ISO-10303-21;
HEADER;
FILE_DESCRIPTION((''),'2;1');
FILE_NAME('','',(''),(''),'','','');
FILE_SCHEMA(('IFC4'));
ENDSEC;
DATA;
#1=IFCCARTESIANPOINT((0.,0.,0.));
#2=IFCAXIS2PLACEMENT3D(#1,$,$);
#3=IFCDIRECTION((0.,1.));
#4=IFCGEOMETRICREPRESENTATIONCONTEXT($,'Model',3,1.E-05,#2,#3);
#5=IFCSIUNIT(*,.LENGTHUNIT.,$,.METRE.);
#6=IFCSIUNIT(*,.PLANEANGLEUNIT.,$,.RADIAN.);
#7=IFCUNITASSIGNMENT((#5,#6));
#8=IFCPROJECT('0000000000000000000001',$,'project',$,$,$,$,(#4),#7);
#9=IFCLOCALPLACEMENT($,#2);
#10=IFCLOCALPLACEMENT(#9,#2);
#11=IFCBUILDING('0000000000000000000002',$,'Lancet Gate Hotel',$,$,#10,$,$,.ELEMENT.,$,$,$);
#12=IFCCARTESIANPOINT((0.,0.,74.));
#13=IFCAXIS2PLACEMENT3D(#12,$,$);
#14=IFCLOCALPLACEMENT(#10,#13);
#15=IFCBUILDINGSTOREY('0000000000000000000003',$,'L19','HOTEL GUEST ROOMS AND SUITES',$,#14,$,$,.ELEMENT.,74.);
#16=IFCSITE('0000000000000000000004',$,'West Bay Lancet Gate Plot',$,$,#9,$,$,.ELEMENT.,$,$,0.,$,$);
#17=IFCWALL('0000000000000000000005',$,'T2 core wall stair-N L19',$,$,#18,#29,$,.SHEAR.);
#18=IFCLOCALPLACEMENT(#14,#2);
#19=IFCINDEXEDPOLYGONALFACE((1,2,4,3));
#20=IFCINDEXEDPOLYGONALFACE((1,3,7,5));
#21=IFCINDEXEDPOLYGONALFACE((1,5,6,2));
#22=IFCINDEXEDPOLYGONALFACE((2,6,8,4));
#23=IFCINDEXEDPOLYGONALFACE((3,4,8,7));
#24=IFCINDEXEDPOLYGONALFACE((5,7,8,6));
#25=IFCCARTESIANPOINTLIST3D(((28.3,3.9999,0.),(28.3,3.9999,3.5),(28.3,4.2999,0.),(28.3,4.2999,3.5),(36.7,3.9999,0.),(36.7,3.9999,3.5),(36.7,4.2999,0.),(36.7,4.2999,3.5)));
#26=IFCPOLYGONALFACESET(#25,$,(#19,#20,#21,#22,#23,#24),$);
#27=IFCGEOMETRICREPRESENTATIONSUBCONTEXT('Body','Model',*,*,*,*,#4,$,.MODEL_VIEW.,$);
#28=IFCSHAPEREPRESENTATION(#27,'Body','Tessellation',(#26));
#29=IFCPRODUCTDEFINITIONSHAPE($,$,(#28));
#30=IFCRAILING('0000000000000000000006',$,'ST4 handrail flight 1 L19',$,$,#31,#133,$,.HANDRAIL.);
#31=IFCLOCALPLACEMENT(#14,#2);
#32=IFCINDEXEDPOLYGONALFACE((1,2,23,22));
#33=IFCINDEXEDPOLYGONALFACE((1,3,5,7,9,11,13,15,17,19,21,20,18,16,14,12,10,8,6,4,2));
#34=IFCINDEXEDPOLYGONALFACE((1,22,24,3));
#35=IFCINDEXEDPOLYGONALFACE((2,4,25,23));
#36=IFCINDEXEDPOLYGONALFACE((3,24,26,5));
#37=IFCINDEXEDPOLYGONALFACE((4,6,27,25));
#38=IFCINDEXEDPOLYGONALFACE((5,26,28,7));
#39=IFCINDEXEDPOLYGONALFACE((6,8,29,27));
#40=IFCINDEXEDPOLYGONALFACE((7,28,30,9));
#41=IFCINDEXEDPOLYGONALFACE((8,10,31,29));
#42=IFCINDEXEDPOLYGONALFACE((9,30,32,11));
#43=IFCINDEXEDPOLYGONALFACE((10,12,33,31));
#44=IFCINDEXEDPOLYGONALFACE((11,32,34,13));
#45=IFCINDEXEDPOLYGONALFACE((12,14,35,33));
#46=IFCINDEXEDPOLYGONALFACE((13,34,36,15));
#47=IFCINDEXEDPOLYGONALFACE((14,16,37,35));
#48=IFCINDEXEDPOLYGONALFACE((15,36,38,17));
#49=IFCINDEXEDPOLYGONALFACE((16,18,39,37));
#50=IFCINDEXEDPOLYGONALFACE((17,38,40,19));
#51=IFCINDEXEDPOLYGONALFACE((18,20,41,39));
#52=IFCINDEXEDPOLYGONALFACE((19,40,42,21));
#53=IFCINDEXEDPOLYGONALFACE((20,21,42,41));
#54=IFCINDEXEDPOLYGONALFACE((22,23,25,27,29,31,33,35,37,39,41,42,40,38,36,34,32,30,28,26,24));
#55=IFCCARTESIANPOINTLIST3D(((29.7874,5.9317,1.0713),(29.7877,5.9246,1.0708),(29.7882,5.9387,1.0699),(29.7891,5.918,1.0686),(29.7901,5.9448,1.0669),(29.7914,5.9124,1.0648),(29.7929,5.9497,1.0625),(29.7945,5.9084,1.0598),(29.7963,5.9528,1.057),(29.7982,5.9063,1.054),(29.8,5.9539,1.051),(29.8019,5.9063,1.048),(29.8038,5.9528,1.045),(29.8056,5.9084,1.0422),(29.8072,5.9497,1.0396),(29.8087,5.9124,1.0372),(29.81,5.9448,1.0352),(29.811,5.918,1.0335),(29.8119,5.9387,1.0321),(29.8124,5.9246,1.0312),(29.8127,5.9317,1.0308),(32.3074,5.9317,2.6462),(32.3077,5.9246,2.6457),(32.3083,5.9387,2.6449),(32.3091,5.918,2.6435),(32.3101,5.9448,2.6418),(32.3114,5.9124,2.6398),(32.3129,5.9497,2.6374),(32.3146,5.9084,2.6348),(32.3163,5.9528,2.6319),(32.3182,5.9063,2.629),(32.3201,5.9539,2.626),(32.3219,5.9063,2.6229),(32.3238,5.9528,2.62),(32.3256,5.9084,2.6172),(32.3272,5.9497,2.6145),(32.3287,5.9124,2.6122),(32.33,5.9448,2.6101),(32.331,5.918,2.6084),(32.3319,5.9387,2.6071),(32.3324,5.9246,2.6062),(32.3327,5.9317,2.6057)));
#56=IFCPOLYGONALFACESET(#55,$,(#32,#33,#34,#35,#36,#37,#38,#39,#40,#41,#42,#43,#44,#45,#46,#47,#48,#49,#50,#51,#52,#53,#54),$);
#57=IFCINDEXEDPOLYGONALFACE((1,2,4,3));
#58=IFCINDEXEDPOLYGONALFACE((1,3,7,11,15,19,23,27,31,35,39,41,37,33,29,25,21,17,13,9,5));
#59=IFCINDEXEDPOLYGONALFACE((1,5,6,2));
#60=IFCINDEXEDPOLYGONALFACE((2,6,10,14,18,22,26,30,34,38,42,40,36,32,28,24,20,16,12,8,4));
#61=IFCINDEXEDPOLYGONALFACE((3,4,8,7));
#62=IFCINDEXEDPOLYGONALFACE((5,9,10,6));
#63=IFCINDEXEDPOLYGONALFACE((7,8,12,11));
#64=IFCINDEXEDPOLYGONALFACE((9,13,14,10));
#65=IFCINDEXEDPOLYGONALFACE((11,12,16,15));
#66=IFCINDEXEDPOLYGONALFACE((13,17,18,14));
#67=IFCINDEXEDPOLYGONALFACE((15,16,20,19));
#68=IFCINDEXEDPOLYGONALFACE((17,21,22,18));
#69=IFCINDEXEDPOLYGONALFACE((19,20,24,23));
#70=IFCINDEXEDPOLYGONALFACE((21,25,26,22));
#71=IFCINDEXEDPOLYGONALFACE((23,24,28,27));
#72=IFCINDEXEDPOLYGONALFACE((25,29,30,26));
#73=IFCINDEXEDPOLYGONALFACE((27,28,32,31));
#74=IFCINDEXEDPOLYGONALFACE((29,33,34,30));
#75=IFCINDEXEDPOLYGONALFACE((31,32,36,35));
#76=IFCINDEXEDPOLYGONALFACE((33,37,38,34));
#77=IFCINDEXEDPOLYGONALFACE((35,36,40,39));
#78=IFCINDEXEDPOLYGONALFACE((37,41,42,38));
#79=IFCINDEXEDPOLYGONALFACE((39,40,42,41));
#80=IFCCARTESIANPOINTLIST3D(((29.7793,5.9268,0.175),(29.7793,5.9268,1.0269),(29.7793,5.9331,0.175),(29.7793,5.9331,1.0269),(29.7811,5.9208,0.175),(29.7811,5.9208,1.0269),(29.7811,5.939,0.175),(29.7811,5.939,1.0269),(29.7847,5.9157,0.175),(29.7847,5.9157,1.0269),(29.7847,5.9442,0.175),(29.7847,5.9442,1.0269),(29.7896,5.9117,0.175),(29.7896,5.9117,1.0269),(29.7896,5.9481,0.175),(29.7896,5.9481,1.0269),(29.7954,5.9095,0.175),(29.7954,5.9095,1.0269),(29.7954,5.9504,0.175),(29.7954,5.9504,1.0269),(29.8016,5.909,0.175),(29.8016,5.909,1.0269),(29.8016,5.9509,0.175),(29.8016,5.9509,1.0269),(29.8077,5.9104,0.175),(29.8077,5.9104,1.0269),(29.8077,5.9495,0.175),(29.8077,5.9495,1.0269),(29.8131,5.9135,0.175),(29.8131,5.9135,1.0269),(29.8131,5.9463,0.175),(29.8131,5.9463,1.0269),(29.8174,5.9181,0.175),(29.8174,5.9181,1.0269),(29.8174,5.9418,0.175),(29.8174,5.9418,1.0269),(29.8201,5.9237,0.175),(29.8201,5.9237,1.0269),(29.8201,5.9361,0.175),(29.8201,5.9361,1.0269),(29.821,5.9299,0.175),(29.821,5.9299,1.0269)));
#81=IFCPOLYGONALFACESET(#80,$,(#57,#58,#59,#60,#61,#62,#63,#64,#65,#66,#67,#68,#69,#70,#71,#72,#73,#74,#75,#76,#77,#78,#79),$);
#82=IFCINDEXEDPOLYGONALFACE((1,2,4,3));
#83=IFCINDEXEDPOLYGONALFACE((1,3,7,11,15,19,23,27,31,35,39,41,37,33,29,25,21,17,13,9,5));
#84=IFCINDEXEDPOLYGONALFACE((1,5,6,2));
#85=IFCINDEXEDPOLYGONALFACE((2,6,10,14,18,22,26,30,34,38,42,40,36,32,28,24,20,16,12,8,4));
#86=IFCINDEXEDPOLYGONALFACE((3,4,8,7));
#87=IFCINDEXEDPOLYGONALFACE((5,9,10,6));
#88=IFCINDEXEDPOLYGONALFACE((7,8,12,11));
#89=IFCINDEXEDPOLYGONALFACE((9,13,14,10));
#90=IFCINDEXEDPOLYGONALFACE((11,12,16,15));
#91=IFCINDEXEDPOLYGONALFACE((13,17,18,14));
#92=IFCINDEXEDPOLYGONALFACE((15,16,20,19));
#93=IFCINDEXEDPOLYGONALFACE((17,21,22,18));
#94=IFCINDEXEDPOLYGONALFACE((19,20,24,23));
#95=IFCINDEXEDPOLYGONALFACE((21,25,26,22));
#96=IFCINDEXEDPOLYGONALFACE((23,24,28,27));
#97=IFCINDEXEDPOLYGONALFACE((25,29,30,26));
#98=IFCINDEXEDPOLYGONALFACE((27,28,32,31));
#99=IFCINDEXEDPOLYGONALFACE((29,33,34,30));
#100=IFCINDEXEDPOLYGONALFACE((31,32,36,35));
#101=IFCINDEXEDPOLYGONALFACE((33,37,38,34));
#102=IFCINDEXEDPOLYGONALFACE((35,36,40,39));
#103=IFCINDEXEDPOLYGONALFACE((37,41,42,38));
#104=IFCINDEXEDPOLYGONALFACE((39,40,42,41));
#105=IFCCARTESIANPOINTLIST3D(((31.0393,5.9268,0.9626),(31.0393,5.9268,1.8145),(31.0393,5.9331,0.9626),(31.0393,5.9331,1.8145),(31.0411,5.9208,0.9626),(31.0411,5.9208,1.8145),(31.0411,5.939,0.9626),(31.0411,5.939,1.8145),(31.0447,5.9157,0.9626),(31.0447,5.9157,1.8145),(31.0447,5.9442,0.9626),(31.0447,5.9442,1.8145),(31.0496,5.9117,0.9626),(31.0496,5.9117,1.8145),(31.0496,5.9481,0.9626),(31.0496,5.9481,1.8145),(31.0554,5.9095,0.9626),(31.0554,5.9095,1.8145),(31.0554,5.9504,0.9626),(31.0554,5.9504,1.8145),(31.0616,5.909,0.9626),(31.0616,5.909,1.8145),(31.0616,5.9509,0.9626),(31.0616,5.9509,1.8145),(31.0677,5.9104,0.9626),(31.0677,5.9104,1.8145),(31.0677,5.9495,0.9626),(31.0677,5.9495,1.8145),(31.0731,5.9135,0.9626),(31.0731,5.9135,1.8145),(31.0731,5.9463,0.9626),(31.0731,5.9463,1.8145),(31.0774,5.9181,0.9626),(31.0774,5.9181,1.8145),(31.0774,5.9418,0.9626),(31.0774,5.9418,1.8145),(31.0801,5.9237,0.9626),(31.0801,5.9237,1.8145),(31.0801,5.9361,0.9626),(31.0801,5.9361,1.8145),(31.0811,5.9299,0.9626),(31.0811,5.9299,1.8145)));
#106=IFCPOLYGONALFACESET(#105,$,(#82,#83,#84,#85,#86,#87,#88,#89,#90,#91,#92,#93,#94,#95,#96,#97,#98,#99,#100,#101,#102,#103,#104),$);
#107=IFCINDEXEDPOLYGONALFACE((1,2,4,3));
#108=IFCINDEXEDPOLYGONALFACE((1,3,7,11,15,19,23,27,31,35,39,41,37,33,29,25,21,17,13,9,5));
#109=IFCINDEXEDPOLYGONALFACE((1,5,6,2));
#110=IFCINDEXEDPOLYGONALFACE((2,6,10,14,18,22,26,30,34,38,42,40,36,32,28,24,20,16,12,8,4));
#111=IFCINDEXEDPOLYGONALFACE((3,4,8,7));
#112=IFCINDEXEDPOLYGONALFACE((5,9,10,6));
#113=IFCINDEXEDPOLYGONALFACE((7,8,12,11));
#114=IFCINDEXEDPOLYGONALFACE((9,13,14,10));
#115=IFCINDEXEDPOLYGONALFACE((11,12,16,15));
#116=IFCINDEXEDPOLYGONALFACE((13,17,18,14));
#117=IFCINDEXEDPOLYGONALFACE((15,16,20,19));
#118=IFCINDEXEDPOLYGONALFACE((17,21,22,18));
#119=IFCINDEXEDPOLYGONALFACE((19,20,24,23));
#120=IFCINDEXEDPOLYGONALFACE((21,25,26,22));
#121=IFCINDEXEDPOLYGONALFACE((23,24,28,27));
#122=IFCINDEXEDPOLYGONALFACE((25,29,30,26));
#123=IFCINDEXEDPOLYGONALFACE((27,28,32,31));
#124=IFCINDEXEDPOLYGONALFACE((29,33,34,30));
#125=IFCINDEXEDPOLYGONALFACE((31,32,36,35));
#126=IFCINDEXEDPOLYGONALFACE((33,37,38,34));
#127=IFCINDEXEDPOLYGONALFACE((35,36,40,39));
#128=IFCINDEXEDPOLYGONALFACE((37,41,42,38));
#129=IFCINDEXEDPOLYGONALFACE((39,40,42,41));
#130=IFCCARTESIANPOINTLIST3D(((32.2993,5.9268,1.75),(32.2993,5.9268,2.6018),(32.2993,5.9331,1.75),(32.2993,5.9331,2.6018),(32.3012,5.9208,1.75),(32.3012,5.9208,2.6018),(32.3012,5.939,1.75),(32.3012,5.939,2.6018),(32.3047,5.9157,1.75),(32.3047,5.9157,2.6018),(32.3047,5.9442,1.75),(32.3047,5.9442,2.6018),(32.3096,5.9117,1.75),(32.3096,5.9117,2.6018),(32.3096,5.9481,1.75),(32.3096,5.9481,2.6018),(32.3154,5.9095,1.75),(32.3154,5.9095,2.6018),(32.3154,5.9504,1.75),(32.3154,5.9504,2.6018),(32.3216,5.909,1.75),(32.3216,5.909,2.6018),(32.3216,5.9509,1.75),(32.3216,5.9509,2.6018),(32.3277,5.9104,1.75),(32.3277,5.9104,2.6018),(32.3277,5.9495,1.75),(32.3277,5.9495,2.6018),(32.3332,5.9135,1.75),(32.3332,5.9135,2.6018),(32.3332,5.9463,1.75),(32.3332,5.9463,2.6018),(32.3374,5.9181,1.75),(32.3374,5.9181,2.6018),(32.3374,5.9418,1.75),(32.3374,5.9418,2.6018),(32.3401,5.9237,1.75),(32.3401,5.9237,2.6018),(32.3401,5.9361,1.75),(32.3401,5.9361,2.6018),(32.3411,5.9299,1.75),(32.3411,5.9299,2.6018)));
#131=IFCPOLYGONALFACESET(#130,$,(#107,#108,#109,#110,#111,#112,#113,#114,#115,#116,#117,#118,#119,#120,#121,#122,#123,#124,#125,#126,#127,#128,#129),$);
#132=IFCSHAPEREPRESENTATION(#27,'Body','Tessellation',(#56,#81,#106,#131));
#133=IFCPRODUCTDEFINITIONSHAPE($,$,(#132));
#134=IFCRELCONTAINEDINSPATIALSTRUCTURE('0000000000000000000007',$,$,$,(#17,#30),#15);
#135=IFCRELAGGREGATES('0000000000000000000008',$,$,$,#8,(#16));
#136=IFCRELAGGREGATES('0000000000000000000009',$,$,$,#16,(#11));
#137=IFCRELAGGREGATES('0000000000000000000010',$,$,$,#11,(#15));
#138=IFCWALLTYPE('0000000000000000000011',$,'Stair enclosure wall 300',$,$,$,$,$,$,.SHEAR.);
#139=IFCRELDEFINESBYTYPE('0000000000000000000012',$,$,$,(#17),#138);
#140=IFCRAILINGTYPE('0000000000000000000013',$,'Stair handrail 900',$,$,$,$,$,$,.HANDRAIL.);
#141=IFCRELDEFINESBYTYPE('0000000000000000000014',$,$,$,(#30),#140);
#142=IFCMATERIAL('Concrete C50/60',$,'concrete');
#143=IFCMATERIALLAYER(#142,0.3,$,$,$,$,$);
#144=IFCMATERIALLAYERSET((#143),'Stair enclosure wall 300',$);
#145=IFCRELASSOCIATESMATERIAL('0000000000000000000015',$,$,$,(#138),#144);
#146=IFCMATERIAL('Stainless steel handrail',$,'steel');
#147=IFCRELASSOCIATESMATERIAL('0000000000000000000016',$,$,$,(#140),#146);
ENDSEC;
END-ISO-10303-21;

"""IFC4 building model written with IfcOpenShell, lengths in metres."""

from ifc_helpers import new_model, si_unit, direction, frame, frame_2d, origin, origin_2d, place, context, subcontext, project, spatial, rectangle, circle, extrude, material, layer, layer_set, type_object, element, save


model = new_model("IFC4")

# Units and contexts
model_context = context("Model", 3, precision=1e-05, world=origin(), true_north=direction((0.0, 1.0)))
body_context = subcontext(model_context, "Body", "Model", "MODEL_VIEW")
ifc_project = project(units=[si_unit("LENGTHUNIT", "METRE"), si_unit("PLANEANGLEUNIT", "RADIAN")], contexts=[model_context])

# Site, building, storey
site_placement = place(None, origin())
site = spatial("IfcSite", under=ifc_project, at=site_placement, Name="West Bay Lancet Gate Plot", CompositionType="ELEMENT", RefElevation=0.0)
building_placement = place(site_placement, origin())
building = spatial("IfcBuilding", under=site, at=building_placement, Name="Lancet Gate Hotel", CompositionType="ELEMENT")
storey_placement = place(building_placement, frame((0.0, 0.0, 74.0)))
storey = spatial("IfcBuildingStorey", under=building, at=storey_placement, Name="L19", Description="HOTEL GUEST ROOMS AND SUITES", CompositionType="ELEMENT", Elevation=74.0)

# Wall
ifc_material_1 = material(Name="Concrete C50/60", Category="concrete")
ifc_layer_1 = layer(ifc_material_1, 0.3)
ifc_layer_set_1 = layer_set([ifc_layer_1], Name="Stair enclosure wall 300")
wall_type_1 = type_object("IfcWallType", Name="Stair enclosure wall 300", PredefinedType="SHEAR", material=ifc_layer_set_1)
wall_1_placement = place(storey_placement, frame((28.3, 4.1499, 0.0), z_axis=(0.0, 0.0, 1.0), x_axis=(1.0, 0.0, 0.0)))
element("IfcWall", 1, at=wall_1_placement, inside=storey, type_object=wall_type_1, Name="T2 core wall stair-N L19", PredefinedType="SHEAR", context=body_context, shape_type="SweptSolid", body=[
    extrude(rectangle(XDim=8.3999, YDim=0.3, at=frame_2d((4.2, 0.0))), origin(), (0.0, 0.0, 1.0), 3.5),
])

# Railing
ifc_material_2 = material(Name="Stainless steel handrail", Category="steel")
railing_type = type_object("IfcRailingType", Name="Stair handrail 900", PredefinedType="HANDRAIL", material=ifc_material_2)
railing_placement = place(storey_placement, frame((29.8, 5.9299, 0.175)))
element("IfcRailing", 2, at=railing_placement, inside=storey, type_object=railing_type, Name="ST4 handrail flight 1 L19", PredefinedType="HANDRAIL", context=body_context, shape_type="SweptSolid", body=[
    extrude(circle(Radius=0.0239, at=origin_2d()), frame((0.0, 0.0, 0.876), z_axis=(0.848008, 0.0, 0.529984), x_axis=(0.0, 1.0, 0.0)), (0.0, 0.0, 1.0), 2.9717),
    extrude(circle(Radius=0.021, at=origin_2d()), origin(), (0.0, 0.0, 1.0), 0.8518),
    extrude(circle(Radius=0.021, at=origin_2d()), frame((1.26, 0.0, 0.7876)), (0.0, 0.0, 1.0), 0.8518),
    extrude(circle(Radius=0.021, at=origin_2d()), frame((2.52, 0.0, 1.575)), (0.0, 0.0, 1.0), 0.8518),
])

save(model, "model.ifc")
